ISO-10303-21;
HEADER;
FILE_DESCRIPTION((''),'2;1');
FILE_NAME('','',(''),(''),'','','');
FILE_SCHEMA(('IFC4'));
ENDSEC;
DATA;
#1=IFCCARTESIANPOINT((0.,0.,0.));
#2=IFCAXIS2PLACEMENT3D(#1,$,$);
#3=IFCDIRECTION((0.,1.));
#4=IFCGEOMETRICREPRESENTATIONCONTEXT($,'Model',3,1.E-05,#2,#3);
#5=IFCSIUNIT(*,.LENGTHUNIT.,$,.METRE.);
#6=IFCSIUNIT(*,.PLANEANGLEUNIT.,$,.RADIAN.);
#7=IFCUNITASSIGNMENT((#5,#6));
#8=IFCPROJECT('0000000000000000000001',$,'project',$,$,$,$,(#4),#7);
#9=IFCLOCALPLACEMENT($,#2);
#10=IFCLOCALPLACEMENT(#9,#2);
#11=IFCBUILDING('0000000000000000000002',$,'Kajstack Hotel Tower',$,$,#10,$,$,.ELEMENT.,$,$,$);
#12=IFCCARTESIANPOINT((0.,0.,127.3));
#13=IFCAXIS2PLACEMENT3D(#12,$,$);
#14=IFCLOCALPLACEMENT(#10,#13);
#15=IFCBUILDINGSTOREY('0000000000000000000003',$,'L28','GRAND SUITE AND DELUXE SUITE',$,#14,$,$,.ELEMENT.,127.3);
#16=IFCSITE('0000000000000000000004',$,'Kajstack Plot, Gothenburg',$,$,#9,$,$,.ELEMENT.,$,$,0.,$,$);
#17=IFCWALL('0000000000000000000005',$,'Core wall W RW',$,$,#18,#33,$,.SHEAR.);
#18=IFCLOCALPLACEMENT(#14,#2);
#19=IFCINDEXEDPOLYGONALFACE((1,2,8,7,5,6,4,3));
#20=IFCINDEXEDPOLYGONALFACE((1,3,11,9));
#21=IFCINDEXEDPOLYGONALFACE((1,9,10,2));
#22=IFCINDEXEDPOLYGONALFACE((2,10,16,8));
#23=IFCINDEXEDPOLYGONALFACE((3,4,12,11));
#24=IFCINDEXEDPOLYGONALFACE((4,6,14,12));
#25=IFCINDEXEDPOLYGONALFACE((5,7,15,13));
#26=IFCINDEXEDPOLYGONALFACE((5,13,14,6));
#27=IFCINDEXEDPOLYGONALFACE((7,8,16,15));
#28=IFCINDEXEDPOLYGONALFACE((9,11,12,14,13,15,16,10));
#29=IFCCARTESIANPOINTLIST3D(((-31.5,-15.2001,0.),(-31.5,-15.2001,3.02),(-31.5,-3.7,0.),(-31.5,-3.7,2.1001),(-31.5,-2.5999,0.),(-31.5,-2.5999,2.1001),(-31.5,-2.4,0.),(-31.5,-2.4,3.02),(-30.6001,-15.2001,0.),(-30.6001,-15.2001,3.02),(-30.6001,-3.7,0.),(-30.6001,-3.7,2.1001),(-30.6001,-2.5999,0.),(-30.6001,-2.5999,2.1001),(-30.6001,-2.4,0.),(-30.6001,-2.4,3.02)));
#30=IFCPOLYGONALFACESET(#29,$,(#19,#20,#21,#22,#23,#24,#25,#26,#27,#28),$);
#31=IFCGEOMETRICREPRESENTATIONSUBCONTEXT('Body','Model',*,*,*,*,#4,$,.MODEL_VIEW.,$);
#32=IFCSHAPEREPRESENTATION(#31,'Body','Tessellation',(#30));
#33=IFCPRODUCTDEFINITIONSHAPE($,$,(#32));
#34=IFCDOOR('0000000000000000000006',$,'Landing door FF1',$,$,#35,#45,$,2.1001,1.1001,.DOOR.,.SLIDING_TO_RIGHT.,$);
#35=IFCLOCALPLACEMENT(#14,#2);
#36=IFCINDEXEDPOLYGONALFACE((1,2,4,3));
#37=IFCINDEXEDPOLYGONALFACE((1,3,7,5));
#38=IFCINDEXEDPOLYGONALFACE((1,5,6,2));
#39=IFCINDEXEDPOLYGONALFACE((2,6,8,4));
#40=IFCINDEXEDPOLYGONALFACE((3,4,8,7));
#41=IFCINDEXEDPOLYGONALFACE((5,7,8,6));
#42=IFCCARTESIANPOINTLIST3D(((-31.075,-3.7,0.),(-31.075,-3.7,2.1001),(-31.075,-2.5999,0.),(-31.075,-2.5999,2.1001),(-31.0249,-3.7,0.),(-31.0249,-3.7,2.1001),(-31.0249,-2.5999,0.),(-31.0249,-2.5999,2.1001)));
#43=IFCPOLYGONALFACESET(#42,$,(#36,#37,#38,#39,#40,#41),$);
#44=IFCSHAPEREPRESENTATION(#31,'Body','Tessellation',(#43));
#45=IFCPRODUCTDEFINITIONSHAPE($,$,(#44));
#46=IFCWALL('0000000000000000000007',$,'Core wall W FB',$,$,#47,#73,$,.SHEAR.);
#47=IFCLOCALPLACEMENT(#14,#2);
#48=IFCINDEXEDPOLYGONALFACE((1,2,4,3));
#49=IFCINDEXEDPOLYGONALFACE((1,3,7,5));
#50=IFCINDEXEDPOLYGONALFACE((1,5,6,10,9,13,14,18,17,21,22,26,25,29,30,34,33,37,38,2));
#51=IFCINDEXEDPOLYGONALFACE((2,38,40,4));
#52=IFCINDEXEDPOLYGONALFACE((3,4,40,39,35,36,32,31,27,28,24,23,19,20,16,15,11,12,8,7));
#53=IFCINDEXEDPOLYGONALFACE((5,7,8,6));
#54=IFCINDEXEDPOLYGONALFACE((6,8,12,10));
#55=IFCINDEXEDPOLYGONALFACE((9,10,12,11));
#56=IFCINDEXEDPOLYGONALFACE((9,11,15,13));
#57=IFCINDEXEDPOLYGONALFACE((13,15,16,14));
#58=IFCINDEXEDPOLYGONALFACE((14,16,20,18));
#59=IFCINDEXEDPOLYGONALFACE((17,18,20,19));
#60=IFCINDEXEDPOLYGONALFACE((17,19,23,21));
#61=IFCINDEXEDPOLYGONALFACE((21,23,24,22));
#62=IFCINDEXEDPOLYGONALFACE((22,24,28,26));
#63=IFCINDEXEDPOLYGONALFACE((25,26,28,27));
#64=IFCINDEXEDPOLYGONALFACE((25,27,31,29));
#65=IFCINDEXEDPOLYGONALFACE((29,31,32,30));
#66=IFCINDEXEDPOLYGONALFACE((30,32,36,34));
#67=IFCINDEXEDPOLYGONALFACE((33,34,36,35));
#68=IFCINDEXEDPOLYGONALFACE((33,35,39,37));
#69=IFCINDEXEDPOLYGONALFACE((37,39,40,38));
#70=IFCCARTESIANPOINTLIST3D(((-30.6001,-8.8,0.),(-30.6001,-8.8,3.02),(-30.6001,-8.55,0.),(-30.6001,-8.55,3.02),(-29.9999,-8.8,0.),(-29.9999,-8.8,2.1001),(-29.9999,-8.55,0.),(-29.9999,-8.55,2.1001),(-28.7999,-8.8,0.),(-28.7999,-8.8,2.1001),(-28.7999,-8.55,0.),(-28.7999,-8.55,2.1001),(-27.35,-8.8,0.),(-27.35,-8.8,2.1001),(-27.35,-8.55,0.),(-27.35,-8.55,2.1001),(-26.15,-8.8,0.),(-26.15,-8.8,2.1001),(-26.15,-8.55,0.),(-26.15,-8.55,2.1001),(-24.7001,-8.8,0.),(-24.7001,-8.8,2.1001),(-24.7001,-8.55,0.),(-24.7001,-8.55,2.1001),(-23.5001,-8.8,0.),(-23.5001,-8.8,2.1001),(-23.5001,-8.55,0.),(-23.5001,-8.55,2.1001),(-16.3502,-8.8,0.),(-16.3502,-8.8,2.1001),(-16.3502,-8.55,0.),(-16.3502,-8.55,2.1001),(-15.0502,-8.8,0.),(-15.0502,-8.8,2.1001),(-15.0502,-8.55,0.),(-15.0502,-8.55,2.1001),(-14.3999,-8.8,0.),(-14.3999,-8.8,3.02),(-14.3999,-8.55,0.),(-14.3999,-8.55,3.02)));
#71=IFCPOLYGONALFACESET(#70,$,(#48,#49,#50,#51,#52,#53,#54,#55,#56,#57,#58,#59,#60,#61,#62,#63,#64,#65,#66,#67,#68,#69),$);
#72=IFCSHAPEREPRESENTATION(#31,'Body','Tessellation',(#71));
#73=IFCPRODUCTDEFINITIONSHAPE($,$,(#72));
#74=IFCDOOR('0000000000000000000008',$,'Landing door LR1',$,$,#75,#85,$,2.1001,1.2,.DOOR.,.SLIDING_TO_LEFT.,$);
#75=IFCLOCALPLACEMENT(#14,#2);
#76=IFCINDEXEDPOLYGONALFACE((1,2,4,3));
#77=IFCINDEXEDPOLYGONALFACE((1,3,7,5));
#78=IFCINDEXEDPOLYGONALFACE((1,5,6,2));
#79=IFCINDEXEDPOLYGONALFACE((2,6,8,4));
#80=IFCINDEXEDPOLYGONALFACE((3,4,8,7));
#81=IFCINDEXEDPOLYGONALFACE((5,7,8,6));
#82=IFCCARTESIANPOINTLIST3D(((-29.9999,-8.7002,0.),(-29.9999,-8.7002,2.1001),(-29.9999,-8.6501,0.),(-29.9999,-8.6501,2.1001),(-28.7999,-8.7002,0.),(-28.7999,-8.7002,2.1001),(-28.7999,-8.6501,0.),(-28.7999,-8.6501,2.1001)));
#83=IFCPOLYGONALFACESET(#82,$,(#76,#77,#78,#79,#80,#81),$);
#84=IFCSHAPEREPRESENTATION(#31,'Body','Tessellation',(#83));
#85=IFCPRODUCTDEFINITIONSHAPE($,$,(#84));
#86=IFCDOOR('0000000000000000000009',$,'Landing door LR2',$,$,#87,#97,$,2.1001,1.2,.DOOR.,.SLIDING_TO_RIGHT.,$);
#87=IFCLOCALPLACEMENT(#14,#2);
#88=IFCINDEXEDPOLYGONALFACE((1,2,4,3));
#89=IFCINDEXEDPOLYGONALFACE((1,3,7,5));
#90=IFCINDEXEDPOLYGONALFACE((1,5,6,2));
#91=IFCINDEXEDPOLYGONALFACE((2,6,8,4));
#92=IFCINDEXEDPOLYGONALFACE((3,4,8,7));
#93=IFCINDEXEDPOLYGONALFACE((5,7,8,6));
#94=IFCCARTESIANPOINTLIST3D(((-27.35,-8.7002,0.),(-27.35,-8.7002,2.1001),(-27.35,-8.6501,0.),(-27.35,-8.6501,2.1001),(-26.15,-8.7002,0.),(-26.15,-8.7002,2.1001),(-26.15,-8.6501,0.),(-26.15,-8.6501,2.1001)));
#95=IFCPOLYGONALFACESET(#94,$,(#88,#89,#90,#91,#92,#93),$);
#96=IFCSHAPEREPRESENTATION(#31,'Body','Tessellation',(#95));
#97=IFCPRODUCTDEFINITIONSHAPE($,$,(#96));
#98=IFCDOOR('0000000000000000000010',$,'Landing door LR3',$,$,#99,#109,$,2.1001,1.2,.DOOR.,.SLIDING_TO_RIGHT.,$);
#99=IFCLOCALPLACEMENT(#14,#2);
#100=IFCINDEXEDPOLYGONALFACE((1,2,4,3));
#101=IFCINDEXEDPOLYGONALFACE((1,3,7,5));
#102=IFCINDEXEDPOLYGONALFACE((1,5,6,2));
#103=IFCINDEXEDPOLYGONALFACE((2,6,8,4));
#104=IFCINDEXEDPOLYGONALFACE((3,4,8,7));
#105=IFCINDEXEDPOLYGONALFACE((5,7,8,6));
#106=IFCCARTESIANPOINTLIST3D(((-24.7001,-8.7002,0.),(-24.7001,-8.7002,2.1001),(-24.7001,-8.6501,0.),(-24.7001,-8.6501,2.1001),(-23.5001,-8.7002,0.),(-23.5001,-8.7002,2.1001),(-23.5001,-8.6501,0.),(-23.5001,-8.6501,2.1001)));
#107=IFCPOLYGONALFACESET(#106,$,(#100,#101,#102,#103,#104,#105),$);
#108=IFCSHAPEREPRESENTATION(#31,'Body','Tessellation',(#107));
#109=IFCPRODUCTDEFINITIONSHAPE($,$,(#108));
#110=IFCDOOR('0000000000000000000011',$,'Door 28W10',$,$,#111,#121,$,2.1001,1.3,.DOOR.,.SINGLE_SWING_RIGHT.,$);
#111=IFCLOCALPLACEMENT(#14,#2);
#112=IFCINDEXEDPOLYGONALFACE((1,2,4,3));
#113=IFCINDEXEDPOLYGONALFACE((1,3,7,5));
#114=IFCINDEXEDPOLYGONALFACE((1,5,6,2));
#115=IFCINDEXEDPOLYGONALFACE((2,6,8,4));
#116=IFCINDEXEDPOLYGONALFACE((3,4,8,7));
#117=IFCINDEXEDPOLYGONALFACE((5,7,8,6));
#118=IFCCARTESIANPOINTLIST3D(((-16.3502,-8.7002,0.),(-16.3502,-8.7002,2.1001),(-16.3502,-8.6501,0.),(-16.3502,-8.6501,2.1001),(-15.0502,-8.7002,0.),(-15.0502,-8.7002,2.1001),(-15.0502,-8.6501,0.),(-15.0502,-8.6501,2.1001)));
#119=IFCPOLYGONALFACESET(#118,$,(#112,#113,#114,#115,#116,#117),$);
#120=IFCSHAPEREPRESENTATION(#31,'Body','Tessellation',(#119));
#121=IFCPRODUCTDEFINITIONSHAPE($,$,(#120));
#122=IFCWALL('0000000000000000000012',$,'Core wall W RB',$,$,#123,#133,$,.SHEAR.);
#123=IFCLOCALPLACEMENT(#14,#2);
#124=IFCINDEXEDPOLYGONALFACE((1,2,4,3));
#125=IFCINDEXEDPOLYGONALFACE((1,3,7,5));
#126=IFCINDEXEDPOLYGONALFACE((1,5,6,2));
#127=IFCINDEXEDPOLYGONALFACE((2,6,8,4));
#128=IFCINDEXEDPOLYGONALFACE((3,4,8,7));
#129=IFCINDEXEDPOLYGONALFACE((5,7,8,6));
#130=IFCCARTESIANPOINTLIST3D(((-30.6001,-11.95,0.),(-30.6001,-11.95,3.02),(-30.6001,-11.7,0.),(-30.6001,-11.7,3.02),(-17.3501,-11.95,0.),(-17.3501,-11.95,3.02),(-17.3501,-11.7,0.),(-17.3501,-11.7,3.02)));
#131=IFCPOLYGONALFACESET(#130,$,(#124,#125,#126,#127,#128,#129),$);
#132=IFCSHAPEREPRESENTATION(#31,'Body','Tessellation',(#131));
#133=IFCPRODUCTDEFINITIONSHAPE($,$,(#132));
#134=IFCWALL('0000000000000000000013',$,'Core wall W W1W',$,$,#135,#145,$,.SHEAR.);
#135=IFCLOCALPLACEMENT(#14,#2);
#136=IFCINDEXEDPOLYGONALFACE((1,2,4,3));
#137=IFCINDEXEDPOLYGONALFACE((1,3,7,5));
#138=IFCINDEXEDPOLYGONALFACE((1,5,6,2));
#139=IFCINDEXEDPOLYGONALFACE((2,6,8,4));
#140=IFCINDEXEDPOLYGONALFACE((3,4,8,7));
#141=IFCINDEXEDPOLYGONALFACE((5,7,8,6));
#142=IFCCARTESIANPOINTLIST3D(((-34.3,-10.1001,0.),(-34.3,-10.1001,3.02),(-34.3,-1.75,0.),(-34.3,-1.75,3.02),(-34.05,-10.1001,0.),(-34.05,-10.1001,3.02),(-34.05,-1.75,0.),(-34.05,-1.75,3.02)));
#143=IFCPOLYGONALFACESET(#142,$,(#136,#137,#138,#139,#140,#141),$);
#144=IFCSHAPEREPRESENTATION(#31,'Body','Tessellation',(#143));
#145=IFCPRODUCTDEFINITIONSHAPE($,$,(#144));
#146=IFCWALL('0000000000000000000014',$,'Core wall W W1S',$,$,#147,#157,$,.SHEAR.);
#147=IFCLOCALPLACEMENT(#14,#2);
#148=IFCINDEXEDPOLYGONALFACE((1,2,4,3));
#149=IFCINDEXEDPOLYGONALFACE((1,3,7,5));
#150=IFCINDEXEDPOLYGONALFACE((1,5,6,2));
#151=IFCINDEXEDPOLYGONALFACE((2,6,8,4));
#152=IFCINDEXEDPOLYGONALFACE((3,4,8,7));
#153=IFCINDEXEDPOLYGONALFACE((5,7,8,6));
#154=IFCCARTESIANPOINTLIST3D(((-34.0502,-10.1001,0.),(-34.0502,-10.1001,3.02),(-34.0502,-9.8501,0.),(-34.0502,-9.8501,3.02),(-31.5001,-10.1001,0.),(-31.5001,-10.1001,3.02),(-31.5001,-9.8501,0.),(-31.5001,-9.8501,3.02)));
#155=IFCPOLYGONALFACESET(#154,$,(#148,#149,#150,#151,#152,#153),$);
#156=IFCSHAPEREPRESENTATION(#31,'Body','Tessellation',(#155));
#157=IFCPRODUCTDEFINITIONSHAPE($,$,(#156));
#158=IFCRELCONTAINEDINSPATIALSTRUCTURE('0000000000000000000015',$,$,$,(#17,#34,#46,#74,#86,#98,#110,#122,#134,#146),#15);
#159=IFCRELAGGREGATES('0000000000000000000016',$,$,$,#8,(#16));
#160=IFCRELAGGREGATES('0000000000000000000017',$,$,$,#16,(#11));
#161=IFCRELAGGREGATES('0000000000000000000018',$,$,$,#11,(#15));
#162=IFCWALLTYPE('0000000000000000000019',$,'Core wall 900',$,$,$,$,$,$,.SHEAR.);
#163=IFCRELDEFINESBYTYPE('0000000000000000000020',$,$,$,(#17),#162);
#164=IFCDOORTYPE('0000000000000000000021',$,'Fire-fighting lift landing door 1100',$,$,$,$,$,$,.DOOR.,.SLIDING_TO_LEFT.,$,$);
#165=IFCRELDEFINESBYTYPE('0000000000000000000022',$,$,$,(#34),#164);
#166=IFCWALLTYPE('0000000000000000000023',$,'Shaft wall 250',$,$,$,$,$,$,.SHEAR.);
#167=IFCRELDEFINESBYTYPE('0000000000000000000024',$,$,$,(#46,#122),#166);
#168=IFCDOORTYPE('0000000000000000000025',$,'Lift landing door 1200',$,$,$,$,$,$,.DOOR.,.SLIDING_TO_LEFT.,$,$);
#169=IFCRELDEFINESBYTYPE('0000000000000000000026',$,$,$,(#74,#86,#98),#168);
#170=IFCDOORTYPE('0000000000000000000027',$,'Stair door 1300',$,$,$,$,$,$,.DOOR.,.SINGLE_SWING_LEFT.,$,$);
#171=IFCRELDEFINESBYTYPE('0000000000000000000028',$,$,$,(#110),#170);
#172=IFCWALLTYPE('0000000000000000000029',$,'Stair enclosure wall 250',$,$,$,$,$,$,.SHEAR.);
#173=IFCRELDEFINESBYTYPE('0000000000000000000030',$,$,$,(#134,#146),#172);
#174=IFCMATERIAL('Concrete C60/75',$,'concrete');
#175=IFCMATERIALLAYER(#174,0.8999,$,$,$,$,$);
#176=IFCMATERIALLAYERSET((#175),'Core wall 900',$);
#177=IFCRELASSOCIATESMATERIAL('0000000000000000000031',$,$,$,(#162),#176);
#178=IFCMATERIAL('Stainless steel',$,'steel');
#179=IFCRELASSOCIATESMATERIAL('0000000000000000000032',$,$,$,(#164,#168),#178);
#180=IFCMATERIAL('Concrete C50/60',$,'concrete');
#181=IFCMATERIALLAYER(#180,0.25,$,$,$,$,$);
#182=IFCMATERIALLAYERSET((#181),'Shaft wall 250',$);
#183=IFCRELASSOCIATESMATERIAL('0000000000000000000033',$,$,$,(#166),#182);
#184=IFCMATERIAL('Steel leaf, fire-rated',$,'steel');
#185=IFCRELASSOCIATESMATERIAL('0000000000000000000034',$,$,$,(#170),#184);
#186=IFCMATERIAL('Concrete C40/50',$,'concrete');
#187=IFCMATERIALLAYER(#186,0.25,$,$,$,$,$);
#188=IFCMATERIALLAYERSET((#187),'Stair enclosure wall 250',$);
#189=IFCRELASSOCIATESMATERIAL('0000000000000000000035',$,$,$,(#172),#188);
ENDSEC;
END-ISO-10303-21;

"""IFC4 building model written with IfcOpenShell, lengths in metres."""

from ifc_helpers import new_model, si_unit, direction, frame, frame_2d, origin, place, context, subcontext, project, spatial, rectangle, extrude, material, layer, layer_set, type_object, element, fill, save


model = new_model("IFC4")

# Units and contexts
model_context = context("Model", 3, precision=1e-05, world=origin(), true_north=direction((0.0, 1.0)))
body_context = subcontext(model_context, "Body", "Model", "MODEL_VIEW")
ifc_project = project(units=[si_unit("LENGTHUNIT", "METRE"), si_unit("PLANEANGLEUNIT", "RADIAN")], contexts=[model_context])

# Site, building, storey
site_placement = place(None, origin())
site = spatial("IfcSite", under=ifc_project, at=site_placement, Name="Kajstack Plot, Gothenburg", CompositionType="ELEMENT", RefElevation=0.0)
building_placement = place(site_placement, origin())
building = spatial("IfcBuilding", under=site, at=building_placement, Name="Kajstack Hotel Tower", CompositionType="ELEMENT")
storey_placement = place(building_placement, frame((0.0, 0.0, 127.3)))
storey = spatial("IfcBuildingStorey", under=building, at=storey_placement, Name="L28", Description="GRAND SUITE AND DELUXE SUITE", CompositionType="ELEMENT", Elevation=127.3)

# Wall, opening, door
ifc_material_1 = material(Name="Concrete C60/75", Category="concrete")
ifc_layer_1 = layer(ifc_material_1, 0.8999)
ifc_layer_set_1 = layer_set([ifc_layer_1], Name="Core wall 900")
wall_type_1 = type_object("IfcWallType", Name="Core wall 900", PredefinedType="SHEAR", material=ifc_layer_set_1)
wall_1_placement = place(storey_placement, frame((-31.05, -15.2, 0.0), z_axis=(0.0, 0.0, 1.0), x_axis=(0.0, 1.0, 0.0)))
wall_1 = element("IfcWall", 1, at=wall_1_placement, inside=storey, type_object=wall_type_1, Name="Core wall W RW", PredefinedType="SHEAR", context=body_context, shape_type="SweptSolid", body=[
    extrude(rectangle(XDim=12.8, YDim=0.8999, at=frame_2d((6.3999, 0.0))), origin(), (0.0, 0.0, 1.0), 3.02),
])
opening_1_placement = place(wall_1_placement, frame((11.5, 0.0, 0.0)))
opening_1 = element("IfcOpeningElement", 2, at=opening_1_placement, cuts=wall_1, PredefinedType="OPENING", context=body_context, shape_type="SweptSolid", body=[
    extrude(rectangle(XDim=1.1001, YDim=2.1001, at=frame_2d((0.55, 1.05))), frame((0.0, 0.46, 0.0), z_axis=(0.0, -1.0, 0.0), x_axis=(1.0, 0.0, 0.0)), (0.0, 0.0, 1.0), 0.9199),
])
ifc_material_2 = material(Name="Stainless steel", Category="steel")
door_type_1 = type_object("IfcDoorType", Name="Fire-fighting lift landing door 1100", OperationType="SLIDING_TO_LEFT", PredefinedType="DOOR", material=ifc_material_2)
door_1_placement = place(opening_1_placement, origin())
door_1 = element("IfcDoor", 3, at=door_1_placement, inside=storey, type_object=door_type_1, Name="Landing door FF1", OperationType="SLIDING_TO_RIGHT", OverallHeight=2.1001, OverallWidth=1.1001, PredefinedType="DOOR", context=body_context, shape_type="SweptSolid", body=[
    extrude(rectangle(XDim=1.1001, YDim=2.1001, at=frame_2d((0.55, 1.05))), frame((0.0, 0.0249, 0.0), z_axis=(0.0, -1.0, 0.0), x_axis=(1.0, 0.0, 0.0)), (0.0, 0.0, 1.0), 0.05),
])
fill(opening_1, door_1)

# Wall, openings, doors
ifc_material_3 = material(Name="Concrete C50/60", Category="concrete")
ifc_layer_2 = layer(ifc_material_3, 0.25)
ifc_layer_set_2 = layer_set([ifc_layer_2], Name="Shaft wall 250")
wall_type_2 = type_object("IfcWallType", Name="Shaft wall 250", PredefinedType="SHEAR", material=ifc_layer_set_2)
wall_2_placement = place(storey_placement, frame((-30.6001, -8.675, 0.0), z_axis=(0.0, 0.0, 1.0), x_axis=(1.0, 0.0, 0.0)))
wall_2 = element("IfcWall", 4, at=wall_2_placement, inside=storey, type_object=wall_type_2, Name="Core wall W FB", PredefinedType="SHEAR", context=body_context, shape_type="SweptSolid", body=[
    extrude(rectangle(XDim=16.2002, YDim=0.25, at=frame_2d((8.1001, 0.0))), origin(), (0.0, 0.0, 1.0), 3.02),
])
opening_2_placement = place(wall_2_placement, frame((0.6001, 0.0, 0.0)))
opening_2 = element("IfcOpeningElement", 5, at=opening_2_placement, cuts=wall_2, PredefinedType="OPENING", context=body_context, shape_type="SweptSolid", body=[
    extrude(rectangle(XDim=1.2, YDim=2.1001, at=frame_2d((0.6001, 1.05))), frame((0.0, 0.135, 0.0), z_axis=(0.0, -1.0, 0.0), x_axis=(1.0, 0.0, 0.0)), (0.0, 0.0, 1.0), 0.27),
])
opening_3_placement = place(wall_2_placement, frame((3.25, 0.0, 0.0)))
opening_3 = element("IfcOpeningElement", 6, at=opening_3_placement, cuts=wall_2, PredefinedType="OPENING", context=body_context, shape_type="SweptSolid", body=[
    extrude(rectangle(XDim=1.2, YDim=2.1001, at=frame_2d((0.6001, 1.05))), frame((0.0, 0.135, 0.0), z_axis=(0.0, -1.0, 0.0), x_axis=(1.0, 0.0, 0.0)), (0.0, 0.0, 1.0), 0.27),
])
opening_4_placement = place(wall_2_placement, frame((5.8999, 0.0, 0.0)))
opening_4 = element("IfcOpeningElement", 7, at=opening_4_placement, cuts=wall_2, PredefinedType="OPENING", context=body_context, shape_type="SweptSolid", body=[
    extrude(rectangle(XDim=1.2, YDim=2.1001, at=frame_2d((0.6001, 1.05))), frame((0.0, 0.135, 0.0), z_axis=(0.0, -1.0, 0.0), x_axis=(1.0, 0.0, 0.0)), (0.0, 0.0, 1.0), 0.27),
])
opening_5_placement = place(wall_2_placement, frame((14.25, 0.0, 0.0)))
opening_5 = element("IfcOpeningElement", 8, at=opening_5_placement, cuts=wall_2, PredefinedType="OPENING", context=body_context, shape_type="SweptSolid", body=[
    extrude(rectangle(XDim=1.3, YDim=2.1001, at=frame_2d((0.6499, 1.05))), frame((0.0, 0.135, 0.0), z_axis=(0.0, -1.0, 0.0), x_axis=(1.0, 0.0, 0.0)), (0.0, 0.0, 1.0), 0.27),
])
door_type_2 = type_object("IfcDoorType", Name="Lift landing door 1200", OperationType="SLIDING_TO_LEFT", PredefinedType="DOOR", material=ifc_material_2)
door_2_placement = place(opening_2_placement, origin())
door_2 = element("IfcDoor", 9, at=door_2_placement, inside=storey, type_object=door_type_2, Name="Landing door LR1", OperationType="SLIDING_TO_LEFT", OverallHeight=2.1001, OverallWidth=1.2, PredefinedType="DOOR", context=body_context, shape_type="SweptSolid", body=[
    extrude(rectangle(XDim=1.2, YDim=2.1001, at=frame_2d((0.6001, 1.05))), frame((0.0, 0.0249, 0.0), z_axis=(0.0, -1.0, 0.0), x_axis=(1.0, 0.0, 0.0)), (0.0, 0.0, 1.0), 0.05),
])
fill(opening_2, door_2)
door_3_placement = place(opening_3_placement, origin())
door_3 = element("IfcDoor", 10, at=door_3_placement, inside=storey, type_object=door_type_2, Name="Landing door LR2", OperationType="SLIDING_TO_RIGHT", OverallHeight=2.1001, OverallWidth=1.2, PredefinedType="DOOR", context=body_context, shape_type="SweptSolid", body=[
    extrude(rectangle(XDim=1.2, YDim=2.1001, at=frame_2d((0.6001, 1.05))), frame((0.0, 0.0249, 0.0), z_axis=(0.0, -1.0, 0.0), x_axis=(1.0, 0.0, 0.0)), (0.0, 0.0, 1.0), 0.05),
])
fill(opening_3, door_3)
door_4_placement = place(opening_4_placement, origin())
door_4 = element("IfcDoor", 11, at=door_4_placement, inside=storey, type_object=door_type_2, Name="Landing door LR3", OperationType="SLIDING_TO_RIGHT", OverallHeight=2.1001, OverallWidth=1.2, PredefinedType="DOOR", context=body_context, shape_type="SweptSolid", body=[
    extrude(rectangle(XDim=1.2, YDim=2.1001, at=frame_2d((0.6001, 1.05))), frame((0.0, 0.0249, 0.0), z_axis=(0.0, -1.0, 0.0), x_axis=(1.0, 0.0, 0.0)), (0.0, 0.0, 1.0), 0.05),
])
fill(opening_4, door_4)
ifc_material_4 = material(Name="Steel leaf, fire-rated", Category="steel")
door_type_3 = type_object("IfcDoorType", Name="Stair door 1300", OperationType="SINGLE_SWING_LEFT", PredefinedType="DOOR", material=ifc_material_4)
door_5_placement = place(opening_5_placement, origin())
door_5 = element("IfcDoor", 12, at=door_5_placement, inside=storey, type_object=door_type_3, Name="Door 28W10", OperationType="SINGLE_SWING_RIGHT", OverallHeight=2.1001, OverallWidth=1.3, PredefinedType="DOOR", context=body_context, shape_type="SweptSolid", body=[
    extrude(rectangle(XDim=1.3, YDim=2.1001, at=frame_2d((0.6499, 1.05))), frame((0.0, 0.0249, 0.0), z_axis=(0.0, -1.0, 0.0), x_axis=(1.0, 0.0, 0.0)), (0.0, 0.0, 1.0), 0.05),
])
fill(opening_5, door_5)

# Walls
wall_3_placement = place(storey_placement, frame((-30.6001, -11.825, 0.0), z_axis=(0.0, 0.0, 1.0), x_axis=(1.0, 0.0, 0.0)))
element("IfcWall", 13, at=wall_3_placement, inside=storey, type_object=wall_type_2, Name="Core wall W RB", PredefinedType="SHEAR", context=body_context, shape_type="SweptSolid", body=[
    extrude(rectangle(XDim=13.25, YDim=0.25, at=frame_2d((6.625, 0.0))), origin(), (0.0, 0.0, 1.0), 3.02),
])
ifc_material_5 = material(Name="Concrete C40/50", Category="concrete")
ifc_layer_3 = layer(ifc_material_5, 0.25)
ifc_layer_set_3 = layer_set([ifc_layer_3], Name="Stair enclosure wall 250")
wall_type_3 = type_object("IfcWallType", Name="Stair enclosure wall 250", PredefinedType="SHEAR", material=ifc_layer_set_3)
wall_4_placement = place(storey_placement, frame((-34.175, -10.1001, 0.0), z_axis=(0.0, 0.0, 1.0), x_axis=(0.0, 1.0, 0.0)))
element("IfcWall", 14, at=wall_4_placement, inside=storey, type_object=wall_type_3, Name="Core wall W W1W", PredefinedType="SHEAR", context=body_context, shape_type="SweptSolid", body=[
    extrude(rectangle(XDim=8.3501, YDim=0.25, at=frame_2d((4.175, 0.0))), origin(), (0.0, 0.0, 1.0), 3.02),
])
wall_5_placement = place(storey_placement, frame((-34.05, -9.9751, 0.0), z_axis=(0.0, 0.0, 1.0), x_axis=(1.0, 0.0, 0.0)))
element("IfcWall", 15, at=wall_5_placement, inside=storey, type_object=wall_type_3, Name="Core wall W W1S", PredefinedType="SHEAR", context=body_context, shape_type="SweptSolid", body=[
    extrude(rectangle(XDim=2.55, YDim=0.25, at=frame_2d((1.2749, 0.0))), origin(), (0.0, 0.0, 1.0), 3.02),
])

save(model, "model.ifc")
